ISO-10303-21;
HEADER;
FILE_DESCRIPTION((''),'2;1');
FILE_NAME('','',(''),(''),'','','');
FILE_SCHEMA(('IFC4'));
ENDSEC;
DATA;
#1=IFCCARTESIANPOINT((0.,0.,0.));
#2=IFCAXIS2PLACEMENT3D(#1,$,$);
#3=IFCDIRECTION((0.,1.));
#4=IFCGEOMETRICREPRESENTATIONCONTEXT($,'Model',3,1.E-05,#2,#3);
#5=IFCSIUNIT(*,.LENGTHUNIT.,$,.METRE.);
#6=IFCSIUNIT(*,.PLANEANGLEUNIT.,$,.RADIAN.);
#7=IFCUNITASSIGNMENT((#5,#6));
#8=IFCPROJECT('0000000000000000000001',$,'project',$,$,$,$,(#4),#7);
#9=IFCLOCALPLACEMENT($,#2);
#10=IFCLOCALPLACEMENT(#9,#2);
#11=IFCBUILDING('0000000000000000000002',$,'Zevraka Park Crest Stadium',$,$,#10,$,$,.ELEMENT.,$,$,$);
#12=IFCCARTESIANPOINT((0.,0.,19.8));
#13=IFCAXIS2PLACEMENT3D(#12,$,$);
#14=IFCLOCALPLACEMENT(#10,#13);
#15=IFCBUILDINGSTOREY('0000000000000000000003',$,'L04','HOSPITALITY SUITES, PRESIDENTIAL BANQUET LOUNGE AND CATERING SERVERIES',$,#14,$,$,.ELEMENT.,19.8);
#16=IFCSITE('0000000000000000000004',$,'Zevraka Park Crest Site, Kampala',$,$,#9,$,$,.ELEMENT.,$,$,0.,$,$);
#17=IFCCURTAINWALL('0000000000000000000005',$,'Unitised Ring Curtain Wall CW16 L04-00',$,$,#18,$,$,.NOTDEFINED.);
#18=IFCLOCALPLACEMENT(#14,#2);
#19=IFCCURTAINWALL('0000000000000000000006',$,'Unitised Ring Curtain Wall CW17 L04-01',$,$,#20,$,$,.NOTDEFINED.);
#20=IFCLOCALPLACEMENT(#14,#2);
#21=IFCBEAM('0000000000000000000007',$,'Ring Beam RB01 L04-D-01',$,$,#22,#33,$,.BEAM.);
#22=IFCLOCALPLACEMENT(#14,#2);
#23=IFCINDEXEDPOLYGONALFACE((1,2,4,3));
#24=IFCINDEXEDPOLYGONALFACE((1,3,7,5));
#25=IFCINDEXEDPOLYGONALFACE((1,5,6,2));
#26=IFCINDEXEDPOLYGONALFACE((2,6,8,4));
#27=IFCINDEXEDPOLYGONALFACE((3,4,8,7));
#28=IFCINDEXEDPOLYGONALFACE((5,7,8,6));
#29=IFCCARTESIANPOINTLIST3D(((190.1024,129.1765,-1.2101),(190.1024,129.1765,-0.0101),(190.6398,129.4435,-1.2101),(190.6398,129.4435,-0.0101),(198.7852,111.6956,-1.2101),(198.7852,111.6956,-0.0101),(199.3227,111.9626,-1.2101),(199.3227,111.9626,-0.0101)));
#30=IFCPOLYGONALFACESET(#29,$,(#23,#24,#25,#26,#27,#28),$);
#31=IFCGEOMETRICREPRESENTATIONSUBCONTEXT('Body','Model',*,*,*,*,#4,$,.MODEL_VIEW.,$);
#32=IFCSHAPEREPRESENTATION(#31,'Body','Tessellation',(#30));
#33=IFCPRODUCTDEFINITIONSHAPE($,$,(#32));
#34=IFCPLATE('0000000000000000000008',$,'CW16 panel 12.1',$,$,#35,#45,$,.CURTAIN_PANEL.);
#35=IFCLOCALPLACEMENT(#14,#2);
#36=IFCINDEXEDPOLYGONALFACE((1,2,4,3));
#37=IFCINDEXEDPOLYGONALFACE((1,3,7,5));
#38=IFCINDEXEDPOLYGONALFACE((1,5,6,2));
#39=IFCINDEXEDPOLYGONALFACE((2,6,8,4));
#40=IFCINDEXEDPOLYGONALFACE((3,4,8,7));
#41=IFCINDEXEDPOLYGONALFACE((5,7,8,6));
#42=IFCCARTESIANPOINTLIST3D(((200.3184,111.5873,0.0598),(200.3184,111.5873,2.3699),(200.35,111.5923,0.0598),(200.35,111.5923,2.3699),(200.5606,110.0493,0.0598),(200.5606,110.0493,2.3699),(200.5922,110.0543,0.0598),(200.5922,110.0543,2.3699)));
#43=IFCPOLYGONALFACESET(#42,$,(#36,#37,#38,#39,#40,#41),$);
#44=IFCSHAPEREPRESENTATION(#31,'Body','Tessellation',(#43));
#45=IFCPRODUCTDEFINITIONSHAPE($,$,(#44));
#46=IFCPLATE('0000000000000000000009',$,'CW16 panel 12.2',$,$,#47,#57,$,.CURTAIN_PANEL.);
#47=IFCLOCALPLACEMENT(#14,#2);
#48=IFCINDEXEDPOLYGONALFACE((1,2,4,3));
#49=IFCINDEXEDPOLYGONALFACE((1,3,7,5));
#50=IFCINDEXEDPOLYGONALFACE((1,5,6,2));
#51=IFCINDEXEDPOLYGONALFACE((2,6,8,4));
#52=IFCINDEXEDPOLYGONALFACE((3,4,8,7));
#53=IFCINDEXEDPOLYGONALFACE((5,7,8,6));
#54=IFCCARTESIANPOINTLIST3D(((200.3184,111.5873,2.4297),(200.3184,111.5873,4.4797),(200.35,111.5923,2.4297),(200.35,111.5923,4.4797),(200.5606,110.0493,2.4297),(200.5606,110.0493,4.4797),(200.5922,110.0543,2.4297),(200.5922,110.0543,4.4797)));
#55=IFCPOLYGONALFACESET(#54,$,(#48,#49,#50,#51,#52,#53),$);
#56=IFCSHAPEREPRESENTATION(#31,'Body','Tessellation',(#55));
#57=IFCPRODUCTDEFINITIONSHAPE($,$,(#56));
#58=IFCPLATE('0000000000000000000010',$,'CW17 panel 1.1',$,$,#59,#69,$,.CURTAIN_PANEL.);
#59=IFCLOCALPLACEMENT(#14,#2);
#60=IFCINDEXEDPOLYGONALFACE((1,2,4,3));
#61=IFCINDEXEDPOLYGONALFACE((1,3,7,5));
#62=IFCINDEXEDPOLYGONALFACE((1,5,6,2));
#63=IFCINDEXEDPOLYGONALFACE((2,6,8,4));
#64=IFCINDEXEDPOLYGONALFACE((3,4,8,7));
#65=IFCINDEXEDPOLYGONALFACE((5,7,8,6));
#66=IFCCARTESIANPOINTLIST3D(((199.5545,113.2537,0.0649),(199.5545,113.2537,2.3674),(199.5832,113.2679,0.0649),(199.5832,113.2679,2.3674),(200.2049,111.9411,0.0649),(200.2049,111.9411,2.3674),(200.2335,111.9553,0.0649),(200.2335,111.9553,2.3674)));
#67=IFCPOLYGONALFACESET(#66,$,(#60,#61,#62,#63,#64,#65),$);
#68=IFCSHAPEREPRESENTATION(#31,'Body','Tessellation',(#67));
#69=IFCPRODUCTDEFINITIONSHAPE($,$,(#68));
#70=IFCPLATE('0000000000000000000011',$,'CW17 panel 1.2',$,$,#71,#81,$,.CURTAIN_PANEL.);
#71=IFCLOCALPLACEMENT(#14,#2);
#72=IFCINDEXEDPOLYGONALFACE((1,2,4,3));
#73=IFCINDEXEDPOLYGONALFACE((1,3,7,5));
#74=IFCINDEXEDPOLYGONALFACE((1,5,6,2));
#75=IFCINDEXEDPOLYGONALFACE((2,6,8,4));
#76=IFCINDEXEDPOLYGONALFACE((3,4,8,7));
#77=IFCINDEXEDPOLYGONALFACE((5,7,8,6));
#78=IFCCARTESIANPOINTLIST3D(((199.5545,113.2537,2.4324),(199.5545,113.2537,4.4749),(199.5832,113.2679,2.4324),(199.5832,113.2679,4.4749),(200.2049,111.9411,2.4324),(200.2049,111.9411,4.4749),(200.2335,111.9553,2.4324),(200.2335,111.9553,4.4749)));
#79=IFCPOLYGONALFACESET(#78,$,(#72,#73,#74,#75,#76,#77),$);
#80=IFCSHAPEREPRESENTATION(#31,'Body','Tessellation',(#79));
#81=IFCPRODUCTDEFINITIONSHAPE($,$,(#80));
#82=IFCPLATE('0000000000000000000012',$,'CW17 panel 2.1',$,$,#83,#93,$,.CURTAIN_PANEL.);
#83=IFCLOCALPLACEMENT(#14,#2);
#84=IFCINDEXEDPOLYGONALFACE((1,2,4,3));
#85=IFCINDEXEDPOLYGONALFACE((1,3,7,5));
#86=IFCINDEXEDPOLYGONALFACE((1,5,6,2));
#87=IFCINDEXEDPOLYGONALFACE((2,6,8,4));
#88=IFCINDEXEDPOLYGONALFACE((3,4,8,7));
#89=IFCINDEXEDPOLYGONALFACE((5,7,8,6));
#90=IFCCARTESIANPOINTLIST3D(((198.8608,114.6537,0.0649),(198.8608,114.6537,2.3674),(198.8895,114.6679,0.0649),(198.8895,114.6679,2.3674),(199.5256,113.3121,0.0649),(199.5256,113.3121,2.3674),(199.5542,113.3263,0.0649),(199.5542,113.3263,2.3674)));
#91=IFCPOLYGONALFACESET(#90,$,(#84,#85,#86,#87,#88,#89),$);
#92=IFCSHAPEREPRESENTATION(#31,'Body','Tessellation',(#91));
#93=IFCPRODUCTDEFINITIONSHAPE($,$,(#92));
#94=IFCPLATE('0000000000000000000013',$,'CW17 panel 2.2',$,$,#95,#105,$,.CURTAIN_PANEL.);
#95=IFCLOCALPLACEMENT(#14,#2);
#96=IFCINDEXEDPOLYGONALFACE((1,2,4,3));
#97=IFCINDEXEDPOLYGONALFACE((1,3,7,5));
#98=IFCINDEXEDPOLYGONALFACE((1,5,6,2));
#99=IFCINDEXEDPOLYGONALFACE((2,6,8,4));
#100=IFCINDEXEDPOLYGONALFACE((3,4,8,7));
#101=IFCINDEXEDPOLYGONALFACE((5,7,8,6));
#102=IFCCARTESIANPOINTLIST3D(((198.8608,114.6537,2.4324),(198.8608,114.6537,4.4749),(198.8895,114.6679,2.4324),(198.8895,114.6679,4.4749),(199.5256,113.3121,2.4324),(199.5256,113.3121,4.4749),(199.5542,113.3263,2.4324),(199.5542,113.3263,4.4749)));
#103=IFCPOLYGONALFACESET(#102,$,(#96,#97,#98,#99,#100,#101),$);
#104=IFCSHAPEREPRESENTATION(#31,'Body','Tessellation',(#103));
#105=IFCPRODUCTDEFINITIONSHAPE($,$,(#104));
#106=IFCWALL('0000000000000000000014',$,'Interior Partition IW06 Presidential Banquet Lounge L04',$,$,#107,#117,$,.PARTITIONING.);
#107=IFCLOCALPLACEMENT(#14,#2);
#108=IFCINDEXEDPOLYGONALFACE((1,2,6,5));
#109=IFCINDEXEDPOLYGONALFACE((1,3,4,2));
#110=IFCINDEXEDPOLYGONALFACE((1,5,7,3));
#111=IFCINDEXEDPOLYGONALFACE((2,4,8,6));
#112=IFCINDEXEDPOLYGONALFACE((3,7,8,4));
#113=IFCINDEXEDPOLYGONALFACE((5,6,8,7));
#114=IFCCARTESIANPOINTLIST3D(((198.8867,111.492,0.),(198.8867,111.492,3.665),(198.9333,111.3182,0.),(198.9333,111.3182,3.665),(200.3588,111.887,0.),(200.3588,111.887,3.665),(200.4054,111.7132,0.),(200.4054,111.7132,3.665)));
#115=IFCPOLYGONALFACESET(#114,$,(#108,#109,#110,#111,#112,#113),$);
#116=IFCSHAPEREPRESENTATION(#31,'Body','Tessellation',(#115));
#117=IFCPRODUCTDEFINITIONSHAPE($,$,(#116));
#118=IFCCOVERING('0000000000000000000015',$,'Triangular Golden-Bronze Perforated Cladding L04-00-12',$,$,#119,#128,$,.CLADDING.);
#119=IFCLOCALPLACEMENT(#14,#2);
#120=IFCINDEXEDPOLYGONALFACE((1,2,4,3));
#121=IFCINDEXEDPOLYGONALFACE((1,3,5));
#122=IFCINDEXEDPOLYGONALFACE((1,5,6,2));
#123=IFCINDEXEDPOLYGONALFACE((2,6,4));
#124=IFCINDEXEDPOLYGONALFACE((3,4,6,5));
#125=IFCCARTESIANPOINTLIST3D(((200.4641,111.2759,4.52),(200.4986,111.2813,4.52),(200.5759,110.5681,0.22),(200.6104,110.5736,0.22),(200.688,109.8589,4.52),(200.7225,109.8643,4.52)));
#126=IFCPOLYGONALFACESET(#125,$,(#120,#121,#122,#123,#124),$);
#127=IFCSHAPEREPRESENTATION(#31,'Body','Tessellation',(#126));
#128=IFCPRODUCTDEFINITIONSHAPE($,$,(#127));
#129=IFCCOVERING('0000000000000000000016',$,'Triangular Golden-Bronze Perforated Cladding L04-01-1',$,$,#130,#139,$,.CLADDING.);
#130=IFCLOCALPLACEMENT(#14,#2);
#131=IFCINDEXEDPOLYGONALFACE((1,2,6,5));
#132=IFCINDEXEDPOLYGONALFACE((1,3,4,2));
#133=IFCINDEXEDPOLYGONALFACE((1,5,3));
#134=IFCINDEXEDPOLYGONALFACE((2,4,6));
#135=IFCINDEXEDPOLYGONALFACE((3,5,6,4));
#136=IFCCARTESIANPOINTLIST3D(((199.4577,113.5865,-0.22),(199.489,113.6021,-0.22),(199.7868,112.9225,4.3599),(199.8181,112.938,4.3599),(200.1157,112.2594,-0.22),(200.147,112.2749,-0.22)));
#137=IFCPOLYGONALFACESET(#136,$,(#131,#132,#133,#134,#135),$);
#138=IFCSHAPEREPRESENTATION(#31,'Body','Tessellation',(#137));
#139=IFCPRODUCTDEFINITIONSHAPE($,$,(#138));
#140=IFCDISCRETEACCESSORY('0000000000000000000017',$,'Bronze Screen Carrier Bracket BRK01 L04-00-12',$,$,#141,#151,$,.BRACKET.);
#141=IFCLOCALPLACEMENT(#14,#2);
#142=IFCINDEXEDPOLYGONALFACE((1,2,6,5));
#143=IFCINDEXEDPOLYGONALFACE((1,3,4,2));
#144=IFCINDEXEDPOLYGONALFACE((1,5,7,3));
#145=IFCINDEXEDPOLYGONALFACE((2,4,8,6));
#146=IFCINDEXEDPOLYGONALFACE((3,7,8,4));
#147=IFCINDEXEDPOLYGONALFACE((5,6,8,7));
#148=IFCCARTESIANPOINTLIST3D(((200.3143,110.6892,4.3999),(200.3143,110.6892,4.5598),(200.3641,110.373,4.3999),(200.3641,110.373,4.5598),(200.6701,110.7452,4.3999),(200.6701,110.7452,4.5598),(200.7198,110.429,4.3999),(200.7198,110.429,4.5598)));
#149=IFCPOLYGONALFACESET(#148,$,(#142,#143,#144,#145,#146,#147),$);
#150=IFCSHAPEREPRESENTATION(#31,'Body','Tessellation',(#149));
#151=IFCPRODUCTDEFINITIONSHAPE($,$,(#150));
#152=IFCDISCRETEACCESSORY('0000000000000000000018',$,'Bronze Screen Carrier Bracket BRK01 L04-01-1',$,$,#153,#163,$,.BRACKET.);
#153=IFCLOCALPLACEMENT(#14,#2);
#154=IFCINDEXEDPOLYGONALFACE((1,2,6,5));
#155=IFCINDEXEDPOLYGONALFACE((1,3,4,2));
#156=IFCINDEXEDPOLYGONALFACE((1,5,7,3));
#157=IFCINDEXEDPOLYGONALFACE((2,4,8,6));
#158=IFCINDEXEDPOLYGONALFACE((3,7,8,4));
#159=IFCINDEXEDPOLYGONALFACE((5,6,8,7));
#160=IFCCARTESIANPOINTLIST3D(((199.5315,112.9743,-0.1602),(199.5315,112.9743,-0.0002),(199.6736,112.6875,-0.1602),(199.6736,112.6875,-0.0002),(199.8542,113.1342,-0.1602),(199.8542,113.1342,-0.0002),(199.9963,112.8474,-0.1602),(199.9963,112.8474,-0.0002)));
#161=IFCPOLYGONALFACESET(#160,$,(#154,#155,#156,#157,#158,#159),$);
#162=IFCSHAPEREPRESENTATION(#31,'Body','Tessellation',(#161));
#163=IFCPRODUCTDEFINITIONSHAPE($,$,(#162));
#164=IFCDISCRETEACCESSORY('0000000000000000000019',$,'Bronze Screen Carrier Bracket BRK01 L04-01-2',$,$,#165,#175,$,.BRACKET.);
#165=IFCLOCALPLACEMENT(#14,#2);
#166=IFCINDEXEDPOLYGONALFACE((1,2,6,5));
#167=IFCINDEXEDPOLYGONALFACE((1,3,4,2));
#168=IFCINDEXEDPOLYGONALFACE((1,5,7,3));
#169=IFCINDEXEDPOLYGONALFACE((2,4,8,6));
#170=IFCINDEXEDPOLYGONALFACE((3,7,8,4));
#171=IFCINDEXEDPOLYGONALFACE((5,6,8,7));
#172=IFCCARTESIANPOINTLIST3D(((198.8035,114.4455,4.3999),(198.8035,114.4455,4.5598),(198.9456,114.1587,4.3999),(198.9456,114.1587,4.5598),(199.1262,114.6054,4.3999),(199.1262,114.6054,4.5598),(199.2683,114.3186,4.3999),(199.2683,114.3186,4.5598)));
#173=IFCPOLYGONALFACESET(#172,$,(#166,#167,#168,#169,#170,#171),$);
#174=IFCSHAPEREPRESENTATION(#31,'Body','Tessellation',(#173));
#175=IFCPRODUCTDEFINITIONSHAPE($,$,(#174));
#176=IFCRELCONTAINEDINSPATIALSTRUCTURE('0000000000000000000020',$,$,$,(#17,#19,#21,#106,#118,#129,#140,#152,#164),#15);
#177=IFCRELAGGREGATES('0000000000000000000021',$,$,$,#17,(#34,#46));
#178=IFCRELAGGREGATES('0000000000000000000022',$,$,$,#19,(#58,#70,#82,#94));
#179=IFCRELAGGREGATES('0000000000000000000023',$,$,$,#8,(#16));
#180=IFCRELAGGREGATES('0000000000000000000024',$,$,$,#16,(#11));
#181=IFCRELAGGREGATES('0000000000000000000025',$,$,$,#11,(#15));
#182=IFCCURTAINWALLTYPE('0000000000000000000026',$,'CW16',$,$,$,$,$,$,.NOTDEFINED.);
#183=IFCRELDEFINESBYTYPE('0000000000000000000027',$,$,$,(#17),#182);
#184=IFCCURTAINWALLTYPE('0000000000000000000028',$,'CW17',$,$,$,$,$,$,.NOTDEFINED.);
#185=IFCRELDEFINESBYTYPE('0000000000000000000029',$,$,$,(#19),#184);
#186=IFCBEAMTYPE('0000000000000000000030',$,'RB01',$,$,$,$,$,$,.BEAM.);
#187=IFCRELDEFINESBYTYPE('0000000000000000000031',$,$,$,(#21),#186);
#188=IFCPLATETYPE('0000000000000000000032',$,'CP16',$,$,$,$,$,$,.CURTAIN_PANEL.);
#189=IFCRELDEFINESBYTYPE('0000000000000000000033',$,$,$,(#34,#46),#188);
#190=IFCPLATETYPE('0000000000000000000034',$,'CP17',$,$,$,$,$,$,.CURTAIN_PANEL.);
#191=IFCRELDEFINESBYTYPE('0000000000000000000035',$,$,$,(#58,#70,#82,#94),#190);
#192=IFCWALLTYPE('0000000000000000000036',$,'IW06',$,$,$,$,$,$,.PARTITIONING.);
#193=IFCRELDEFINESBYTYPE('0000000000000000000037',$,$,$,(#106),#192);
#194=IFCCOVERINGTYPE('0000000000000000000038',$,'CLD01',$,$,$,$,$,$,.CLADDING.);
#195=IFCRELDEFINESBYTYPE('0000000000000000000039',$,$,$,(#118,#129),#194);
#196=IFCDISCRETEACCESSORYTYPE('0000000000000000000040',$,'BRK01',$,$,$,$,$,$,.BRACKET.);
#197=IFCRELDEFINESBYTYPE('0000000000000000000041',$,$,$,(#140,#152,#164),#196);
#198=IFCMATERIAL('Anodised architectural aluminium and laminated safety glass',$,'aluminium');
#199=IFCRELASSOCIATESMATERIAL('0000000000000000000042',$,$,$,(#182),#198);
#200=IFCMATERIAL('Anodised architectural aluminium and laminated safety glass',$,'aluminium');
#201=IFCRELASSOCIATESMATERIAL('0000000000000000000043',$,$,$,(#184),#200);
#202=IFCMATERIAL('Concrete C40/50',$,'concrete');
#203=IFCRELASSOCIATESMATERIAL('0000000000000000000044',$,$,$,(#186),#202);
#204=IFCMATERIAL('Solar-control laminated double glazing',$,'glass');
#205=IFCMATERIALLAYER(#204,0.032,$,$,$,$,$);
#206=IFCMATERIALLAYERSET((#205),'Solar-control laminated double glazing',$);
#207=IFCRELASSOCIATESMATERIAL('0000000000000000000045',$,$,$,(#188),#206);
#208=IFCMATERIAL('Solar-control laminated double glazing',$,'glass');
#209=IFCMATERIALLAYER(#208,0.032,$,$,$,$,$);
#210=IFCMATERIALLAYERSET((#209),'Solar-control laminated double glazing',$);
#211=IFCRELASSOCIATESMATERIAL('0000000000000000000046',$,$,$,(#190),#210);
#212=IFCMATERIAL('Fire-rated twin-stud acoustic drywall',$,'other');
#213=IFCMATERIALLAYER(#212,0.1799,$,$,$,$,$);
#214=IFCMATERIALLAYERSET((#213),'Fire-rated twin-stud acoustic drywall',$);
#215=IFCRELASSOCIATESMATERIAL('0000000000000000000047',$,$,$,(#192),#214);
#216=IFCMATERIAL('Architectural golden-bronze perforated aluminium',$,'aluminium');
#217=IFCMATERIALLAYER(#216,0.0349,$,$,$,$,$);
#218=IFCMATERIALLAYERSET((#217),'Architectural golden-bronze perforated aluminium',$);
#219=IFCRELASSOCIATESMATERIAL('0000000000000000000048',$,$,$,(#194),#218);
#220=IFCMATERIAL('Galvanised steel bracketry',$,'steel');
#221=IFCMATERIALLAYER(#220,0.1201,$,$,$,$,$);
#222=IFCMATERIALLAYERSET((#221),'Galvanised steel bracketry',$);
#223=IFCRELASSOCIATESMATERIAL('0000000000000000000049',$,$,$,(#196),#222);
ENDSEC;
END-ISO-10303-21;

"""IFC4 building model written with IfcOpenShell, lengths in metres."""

from ifc_helpers import new_model, si_unit, direction, frame, frame_2d, origin, origin_2d, place, context, subcontext, project, spatial, polyline, rectangle, outline, extrude, material, layer, layer_set, material_profile, profile_set, type_object, element, aggregate, save


model = new_model("IFC4")

# Units and contexts
model_context = context("Model", 3, precision=1e-05, world=origin(), true_north=direction((0.0, 1.0)))
body_context = subcontext(model_context, "Body", "Model", "MODEL_VIEW")
ifc_project = project(units=[si_unit("LENGTHUNIT", "METRE"), si_unit("PLANEANGLEUNIT", "RADIAN")], contexts=[model_context])

# Site, building, storey
site_placement = place(None, origin())
site = spatial("IfcSite", under=ifc_project, at=site_placement, Name="Zevraka Park Crest Site, Kampala", CompositionType="ELEMENT", RefElevation=0.0)
building_placement = place(site_placement, origin())
building = spatial("IfcBuilding", under=site, at=building_placement, Name="Zevraka Park Crest Stadium", CompositionType="ELEMENT")
storey_placement = place(building_placement, frame((0.0, 0.0, 19.8)))
storey = spatial("IfcBuildingStorey", under=building, at=storey_placement, Name="L04", Description="HOSPITALITY SUITES, PRESIDENTIAL BANQUET LOUNGE AND CATERING SERVERIES", CompositionType="ELEMENT", Elevation=19.8)

# Curtain wall
ifc_material_1 = material(Name="Anodised architectural aluminium and laminated safety glass", Category="aluminium")
curtain_wall_type_1 = type_object("IfcCurtainWallType", Name="CW16", PredefinedType="NOTDEFINED", material=ifc_material_1)
curtain_wall_1_placement = place(storey_placement, origin())
curtain_wall_1 = element("IfcCurtainWall", 1, at=curtain_wall_1_placement, inside=storey, type_object=curtain_wall_type_1, Name="Unitised Ring Curtain Wall CW16 L04-00", PredefinedType="NOTDEFINED")

# Curtain wall
ifc_material_2 = material(Name="Anodised architectural aluminium and laminated safety glass", Category="aluminium")
curtain_wall_type_2 = type_object("IfcCurtainWallType", Name="CW17", PredefinedType="NOTDEFINED", material=ifc_material_2)
curtain_wall_2_placement = place(storey_placement, origin())
curtain_wall_2 = element("IfcCurtainWall", 2, at=curtain_wall_2_placement, inside=storey, type_object=curtain_wall_type_2, Name="Unitised Ring Curtain Wall CW17 L04-01", PredefinedType="NOTDEFINED")

# Beam
ifc_material_3 = material(Name="Concrete C40/50", Category="concrete")
ifc_material_profile_1 = material_profile(ifc_material_3, rectangle(XDim=0.6001, YDim=1.2, at=origin_2d()), Name="RC 1200x600")
ifc_profile_set_1 = profile_set([ifc_material_profile_1], Name="Concrete C40/50")
beam_type = type_object("IfcBeamType", Name="RB01", PredefinedType="BEAM", material=ifc_profile_set_1)
beam_placement = place(storey_placement, frame((199.054, 111.8291, -0.6101), z_axis=(-0.444851, 0.895605, 0.0), x_axis=(-0.895605, -0.444851, 0.0)))
element("IfcBeam", 3, at=beam_placement, inside=storey, type_object=beam_type, Name="Ring Beam RB01 L04-D-01", PredefinedType="BEAM", context=body_context, shape_type="SweptSolid", body=[
    extrude(rectangle(XDim=0.6001, YDim=1.2, at=origin_2d()), origin(), (0.0, 0.0, 1.0), 19.5186),
])

# Plates
ifc_material_4 = material(Name="Solar-control laminated double glazing", Category="glass")
ifc_layer_1 = layer(ifc_material_4, 0.032)
ifc_layer_set_1 = layer_set([ifc_layer_1], Name="Solar-control laminated double glazing")
plate_type_1 = type_object("IfcPlateType", Name="CP16", PredefinedType="CURTAIN_PANEL", material=ifc_layer_set_1)
plate_1_placement = place(storey_placement, frame((200.4553, 110.8208, 0.0598), z_axis=(0.0, 0.0, 1.0), x_axis=(-0.155539, 0.98783, 0.0)))
plate_1 = element("IfcPlate", 4, at=plate_1_placement, type_object=plate_type_1, Name="CW16 panel 12.1", PredefinedType="CURTAIN_PANEL", context=body_context, shape_type="SweptSolid", body=[
    extrude(rectangle(XDim=1.5569, YDim=0.032, at=origin_2d()), origin(), (0.0, 0.0, 1.0), 2.3101),
])
plate_2_placement = place(storey_placement, frame((200.4553, 110.8208, 2.4297), z_axis=(0.0, 0.0, 1.0), x_axis=(-0.155539, 0.98783, 0.0)))
plate_2 = element("IfcPlate", 5, at=plate_2_placement, type_object=plate_type_1, Name="CW16 panel 12.2", PredefinedType="CURTAIN_PANEL", context=body_context, shape_type="SweptSolid", body=[
    extrude(rectangle(XDim=1.5569, YDim=0.032, at=origin_2d()), origin(), (0.0, 0.0, 1.0), 2.05),
])
aggregate(curtain_wall_1, [plate_1, plate_2])
ifc_material_5 = material(Name="Solar-control laminated double glazing", Category="glass")
ifc_layer_2 = layer(ifc_material_5, 0.032)
ifc_layer_set_2 = layer_set([ifc_layer_2], Name="Solar-control laminated double glazing")
plate_type_2 = type_object("IfcPlateType", Name="CP17", PredefinedType="CURTAIN_PANEL", material=ifc_layer_set_2)
plate_3_placement = place(storey_placement, frame((199.894, 112.6045, 0.0649), z_axis=(0.0, 0.0, 1.0), x_axis=(-0.443961, 0.896046, 0.0)))
plate_3 = element("IfcPlate", 6, at=plate_3_placement, type_object=plate_type_2, Name="CW17 panel 1.1", PredefinedType="CURTAIN_PANEL", context=body_context, shape_type="SweptSolid", body=[
    extrude(rectangle(XDim=1.4648, YDim=0.032, at=origin_2d()), origin(), (0.0, 0.0, 1.0), 2.3025),
])
plate_4_placement = place(storey_placement, frame((199.894, 112.6045, 2.4324), z_axis=(0.0, 0.0, 1.0), x_axis=(-0.443961, 0.896046, 0.0)))
plate_4 = element("IfcPlate", 7, at=plate_4_placement, type_object=plate_type_2, Name="CW17 panel 1.2", PredefinedType="CURTAIN_PANEL", context=body_context, shape_type="SweptSolid", body=[
    extrude(rectangle(XDim=1.4648, YDim=0.032, at=origin_2d()), origin(), (0.0, 0.0, 1.0), 2.0425),
])
plate_5_placement = place(storey_placement, frame((199.2075, 113.99, 0.0649), z_axis=(0.0, 0.0, 1.0), x_axis=(-0.443961, 0.896046, 0.0)))
plate_5 = element("IfcPlate", 8, at=plate_5_placement, type_object=plate_type_2, Name="CW17 panel 2.1", PredefinedType="CURTAIN_PANEL", context=body_context, shape_type="SweptSolid", body=[
    extrude(rectangle(XDim=1.4973, YDim=0.032, at=origin_2d()), origin(), (0.0, 0.0, 1.0), 2.3025),
])
plate_6_placement = place(storey_placement, frame((199.2075, 113.99, 2.4324), z_axis=(0.0, 0.0, 1.0), x_axis=(-0.443961, 0.896046, 0.0)))
plate_6 = element("IfcPlate", 9, at=plate_6_placement, type_object=plate_type_2, Name="CW17 panel 2.2", PredefinedType="CURTAIN_PANEL", context=body_context, shape_type="SweptSolid", body=[
    extrude(rectangle(XDim=1.4973, YDim=0.032, at=origin_2d()), origin(), (0.0, 0.0, 1.0), 2.0425),
])
aggregate(curtain_wall_2, [plate_3, plate_4, plate_5, plate_6])

# Wall
ifc_material_6 = material(Name="Fire-rated twin-stud acoustic drywall", Category="other")
ifc_layer_3 = layer(ifc_material_6, 0.1799)
ifc_layer_set_3 = layer_set([ifc_layer_3], Name="Fire-rated twin-stud acoustic drywall")
wall_type = type_object("IfcWallType", Name="IW06", PredefinedType="PARTITIONING", material=ifc_layer_set_3)
wall_placement = place(storey_placement, frame((198.9099, 111.405, 0.0), z_axis=(0.0, 0.0, 1.0), x_axis=(0.965835, 0.259158, 0.0)))
element("IfcWall", 10, at=wall_placement, inside=storey, type_object=wall_type, Name="Interior Partition IW06 Presidential Banquet Lounge L04", PredefinedType="PARTITIONING", context=body_context, shape_type="SweptSolid", body=[
    extrude(rectangle(XDim=1.5242, YDim=0.1799, at=frame_2d((0.7622, 0.0))), origin(), (0.0, 0.0, 1.0), 3.665),
])

# Coverings
ifc_material_7 = material(Name="Architectural golden-bronze perforated aluminium", Category="aluminium")
ifc_layer_4 = layer(ifc_material_7, 0.0349)
ifc_layer_set_4 = layer_set([ifc_layer_4], Name="Architectural golden-bronze perforated aluminium")
covering_type = type_object("IfcCoveringType", Name="CLD01", PredefinedType="CLADDING", material=ifc_layer_set_4)
covering_1_placement = place(storey_placement, frame((200.4641, 111.2759, 4.52), z_axis=(-0.987748, -0.156059, 0.000001), x_axis=(0.156059, -0.987748, 0.0)))
element("IfcCovering", 11, at=covering_1_placement, inside=storey, type_object=covering_type, Name="Triangular Golden-Bronze Perforated Cladding L04-00-12", PredefinedType="CLADDING", context=body_context, shape_type="SweptSolid", body=[
    extrude(outline(polyline([(0.0, 0.0), (1.4346, 0.0), (0.7165, -4.3), (0.0, 0.0)])), origin(), (0.0, 0.0, -1.0), 0.0349),
])
covering_2_placement = place(storey_placement, frame((200.147, 112.2749, -0.22), z_axis=(0.895938, 0.444178, 0.000023), x_axis=(-0.444178, 0.895938, 0.0)))
element("IfcCovering", 12, at=covering_2_placement, inside=storey, type_object=covering_type, Name="Triangular Golden-Bronze Perforated Cladding L04-01-1", PredefinedType="CLADDING", context=body_context, shape_type="SweptSolid", body=[
    extrude(outline(polyline([(0.0, 0.0), (1.4813, 0.0), (0.7402, 4.5798), (0.0, 0.0)])), origin(), (0.0, 0.0, -1.0), 0.0349),
])

# Discrete accessories
ifc_material_8 = material(Name="Galvanised steel bracketry", Category="steel")
ifc_layer_5 = layer(ifc_material_8, 0.1201)
ifc_layer_set_5 = layer_set([ifc_layer_5], Name="Galvanised steel bracketry")
discrete_accessory_type = type_object("IfcDiscreteAccessoryType", Name="BRK01", PredefinedType="BRACKET", material=ifc_layer_set_5)
for number, where, z_axis, x_axis, name in (
    (13, (200.5171, 110.5591, 4.3999), (0.0, 0.0, 1.0), (-0.155572, 0.987824, 0.0), "Bronze Screen Carrier Bracket BRK01 L04-00-12"),
    (14, (199.7639, 112.9109, -0.1602), (0.0, 0.0, 1.0), (-0.44401, 0.896022, 0.0), "Bronze Screen Carrier Bracket BRK01 L04-01-1"),
    (15, (199.0359, 114.3821, 4.3999), (0.0, 0.0, 1.0), (-0.44401, 0.896022, 0.0), "Bronze Screen Carrier Bracket BRK01 L04-01-2"),
):
    element("IfcDiscreteAccessory", number, at=place(storey_placement, frame(where, z_axis=z_axis, x_axis=x_axis)), inside=storey, type_object=discrete_accessory_type, Name=name, PredefinedType="BRACKET", context=body_context, shape_type="SweptSolid", body=[
        extrude(rectangle(XDim=0.3201, YDim=0.3601, at=origin_2d()), origin(), (0.0, 0.0, 1.0), 0.1599),
    ])

save(model, "model.ifc")
